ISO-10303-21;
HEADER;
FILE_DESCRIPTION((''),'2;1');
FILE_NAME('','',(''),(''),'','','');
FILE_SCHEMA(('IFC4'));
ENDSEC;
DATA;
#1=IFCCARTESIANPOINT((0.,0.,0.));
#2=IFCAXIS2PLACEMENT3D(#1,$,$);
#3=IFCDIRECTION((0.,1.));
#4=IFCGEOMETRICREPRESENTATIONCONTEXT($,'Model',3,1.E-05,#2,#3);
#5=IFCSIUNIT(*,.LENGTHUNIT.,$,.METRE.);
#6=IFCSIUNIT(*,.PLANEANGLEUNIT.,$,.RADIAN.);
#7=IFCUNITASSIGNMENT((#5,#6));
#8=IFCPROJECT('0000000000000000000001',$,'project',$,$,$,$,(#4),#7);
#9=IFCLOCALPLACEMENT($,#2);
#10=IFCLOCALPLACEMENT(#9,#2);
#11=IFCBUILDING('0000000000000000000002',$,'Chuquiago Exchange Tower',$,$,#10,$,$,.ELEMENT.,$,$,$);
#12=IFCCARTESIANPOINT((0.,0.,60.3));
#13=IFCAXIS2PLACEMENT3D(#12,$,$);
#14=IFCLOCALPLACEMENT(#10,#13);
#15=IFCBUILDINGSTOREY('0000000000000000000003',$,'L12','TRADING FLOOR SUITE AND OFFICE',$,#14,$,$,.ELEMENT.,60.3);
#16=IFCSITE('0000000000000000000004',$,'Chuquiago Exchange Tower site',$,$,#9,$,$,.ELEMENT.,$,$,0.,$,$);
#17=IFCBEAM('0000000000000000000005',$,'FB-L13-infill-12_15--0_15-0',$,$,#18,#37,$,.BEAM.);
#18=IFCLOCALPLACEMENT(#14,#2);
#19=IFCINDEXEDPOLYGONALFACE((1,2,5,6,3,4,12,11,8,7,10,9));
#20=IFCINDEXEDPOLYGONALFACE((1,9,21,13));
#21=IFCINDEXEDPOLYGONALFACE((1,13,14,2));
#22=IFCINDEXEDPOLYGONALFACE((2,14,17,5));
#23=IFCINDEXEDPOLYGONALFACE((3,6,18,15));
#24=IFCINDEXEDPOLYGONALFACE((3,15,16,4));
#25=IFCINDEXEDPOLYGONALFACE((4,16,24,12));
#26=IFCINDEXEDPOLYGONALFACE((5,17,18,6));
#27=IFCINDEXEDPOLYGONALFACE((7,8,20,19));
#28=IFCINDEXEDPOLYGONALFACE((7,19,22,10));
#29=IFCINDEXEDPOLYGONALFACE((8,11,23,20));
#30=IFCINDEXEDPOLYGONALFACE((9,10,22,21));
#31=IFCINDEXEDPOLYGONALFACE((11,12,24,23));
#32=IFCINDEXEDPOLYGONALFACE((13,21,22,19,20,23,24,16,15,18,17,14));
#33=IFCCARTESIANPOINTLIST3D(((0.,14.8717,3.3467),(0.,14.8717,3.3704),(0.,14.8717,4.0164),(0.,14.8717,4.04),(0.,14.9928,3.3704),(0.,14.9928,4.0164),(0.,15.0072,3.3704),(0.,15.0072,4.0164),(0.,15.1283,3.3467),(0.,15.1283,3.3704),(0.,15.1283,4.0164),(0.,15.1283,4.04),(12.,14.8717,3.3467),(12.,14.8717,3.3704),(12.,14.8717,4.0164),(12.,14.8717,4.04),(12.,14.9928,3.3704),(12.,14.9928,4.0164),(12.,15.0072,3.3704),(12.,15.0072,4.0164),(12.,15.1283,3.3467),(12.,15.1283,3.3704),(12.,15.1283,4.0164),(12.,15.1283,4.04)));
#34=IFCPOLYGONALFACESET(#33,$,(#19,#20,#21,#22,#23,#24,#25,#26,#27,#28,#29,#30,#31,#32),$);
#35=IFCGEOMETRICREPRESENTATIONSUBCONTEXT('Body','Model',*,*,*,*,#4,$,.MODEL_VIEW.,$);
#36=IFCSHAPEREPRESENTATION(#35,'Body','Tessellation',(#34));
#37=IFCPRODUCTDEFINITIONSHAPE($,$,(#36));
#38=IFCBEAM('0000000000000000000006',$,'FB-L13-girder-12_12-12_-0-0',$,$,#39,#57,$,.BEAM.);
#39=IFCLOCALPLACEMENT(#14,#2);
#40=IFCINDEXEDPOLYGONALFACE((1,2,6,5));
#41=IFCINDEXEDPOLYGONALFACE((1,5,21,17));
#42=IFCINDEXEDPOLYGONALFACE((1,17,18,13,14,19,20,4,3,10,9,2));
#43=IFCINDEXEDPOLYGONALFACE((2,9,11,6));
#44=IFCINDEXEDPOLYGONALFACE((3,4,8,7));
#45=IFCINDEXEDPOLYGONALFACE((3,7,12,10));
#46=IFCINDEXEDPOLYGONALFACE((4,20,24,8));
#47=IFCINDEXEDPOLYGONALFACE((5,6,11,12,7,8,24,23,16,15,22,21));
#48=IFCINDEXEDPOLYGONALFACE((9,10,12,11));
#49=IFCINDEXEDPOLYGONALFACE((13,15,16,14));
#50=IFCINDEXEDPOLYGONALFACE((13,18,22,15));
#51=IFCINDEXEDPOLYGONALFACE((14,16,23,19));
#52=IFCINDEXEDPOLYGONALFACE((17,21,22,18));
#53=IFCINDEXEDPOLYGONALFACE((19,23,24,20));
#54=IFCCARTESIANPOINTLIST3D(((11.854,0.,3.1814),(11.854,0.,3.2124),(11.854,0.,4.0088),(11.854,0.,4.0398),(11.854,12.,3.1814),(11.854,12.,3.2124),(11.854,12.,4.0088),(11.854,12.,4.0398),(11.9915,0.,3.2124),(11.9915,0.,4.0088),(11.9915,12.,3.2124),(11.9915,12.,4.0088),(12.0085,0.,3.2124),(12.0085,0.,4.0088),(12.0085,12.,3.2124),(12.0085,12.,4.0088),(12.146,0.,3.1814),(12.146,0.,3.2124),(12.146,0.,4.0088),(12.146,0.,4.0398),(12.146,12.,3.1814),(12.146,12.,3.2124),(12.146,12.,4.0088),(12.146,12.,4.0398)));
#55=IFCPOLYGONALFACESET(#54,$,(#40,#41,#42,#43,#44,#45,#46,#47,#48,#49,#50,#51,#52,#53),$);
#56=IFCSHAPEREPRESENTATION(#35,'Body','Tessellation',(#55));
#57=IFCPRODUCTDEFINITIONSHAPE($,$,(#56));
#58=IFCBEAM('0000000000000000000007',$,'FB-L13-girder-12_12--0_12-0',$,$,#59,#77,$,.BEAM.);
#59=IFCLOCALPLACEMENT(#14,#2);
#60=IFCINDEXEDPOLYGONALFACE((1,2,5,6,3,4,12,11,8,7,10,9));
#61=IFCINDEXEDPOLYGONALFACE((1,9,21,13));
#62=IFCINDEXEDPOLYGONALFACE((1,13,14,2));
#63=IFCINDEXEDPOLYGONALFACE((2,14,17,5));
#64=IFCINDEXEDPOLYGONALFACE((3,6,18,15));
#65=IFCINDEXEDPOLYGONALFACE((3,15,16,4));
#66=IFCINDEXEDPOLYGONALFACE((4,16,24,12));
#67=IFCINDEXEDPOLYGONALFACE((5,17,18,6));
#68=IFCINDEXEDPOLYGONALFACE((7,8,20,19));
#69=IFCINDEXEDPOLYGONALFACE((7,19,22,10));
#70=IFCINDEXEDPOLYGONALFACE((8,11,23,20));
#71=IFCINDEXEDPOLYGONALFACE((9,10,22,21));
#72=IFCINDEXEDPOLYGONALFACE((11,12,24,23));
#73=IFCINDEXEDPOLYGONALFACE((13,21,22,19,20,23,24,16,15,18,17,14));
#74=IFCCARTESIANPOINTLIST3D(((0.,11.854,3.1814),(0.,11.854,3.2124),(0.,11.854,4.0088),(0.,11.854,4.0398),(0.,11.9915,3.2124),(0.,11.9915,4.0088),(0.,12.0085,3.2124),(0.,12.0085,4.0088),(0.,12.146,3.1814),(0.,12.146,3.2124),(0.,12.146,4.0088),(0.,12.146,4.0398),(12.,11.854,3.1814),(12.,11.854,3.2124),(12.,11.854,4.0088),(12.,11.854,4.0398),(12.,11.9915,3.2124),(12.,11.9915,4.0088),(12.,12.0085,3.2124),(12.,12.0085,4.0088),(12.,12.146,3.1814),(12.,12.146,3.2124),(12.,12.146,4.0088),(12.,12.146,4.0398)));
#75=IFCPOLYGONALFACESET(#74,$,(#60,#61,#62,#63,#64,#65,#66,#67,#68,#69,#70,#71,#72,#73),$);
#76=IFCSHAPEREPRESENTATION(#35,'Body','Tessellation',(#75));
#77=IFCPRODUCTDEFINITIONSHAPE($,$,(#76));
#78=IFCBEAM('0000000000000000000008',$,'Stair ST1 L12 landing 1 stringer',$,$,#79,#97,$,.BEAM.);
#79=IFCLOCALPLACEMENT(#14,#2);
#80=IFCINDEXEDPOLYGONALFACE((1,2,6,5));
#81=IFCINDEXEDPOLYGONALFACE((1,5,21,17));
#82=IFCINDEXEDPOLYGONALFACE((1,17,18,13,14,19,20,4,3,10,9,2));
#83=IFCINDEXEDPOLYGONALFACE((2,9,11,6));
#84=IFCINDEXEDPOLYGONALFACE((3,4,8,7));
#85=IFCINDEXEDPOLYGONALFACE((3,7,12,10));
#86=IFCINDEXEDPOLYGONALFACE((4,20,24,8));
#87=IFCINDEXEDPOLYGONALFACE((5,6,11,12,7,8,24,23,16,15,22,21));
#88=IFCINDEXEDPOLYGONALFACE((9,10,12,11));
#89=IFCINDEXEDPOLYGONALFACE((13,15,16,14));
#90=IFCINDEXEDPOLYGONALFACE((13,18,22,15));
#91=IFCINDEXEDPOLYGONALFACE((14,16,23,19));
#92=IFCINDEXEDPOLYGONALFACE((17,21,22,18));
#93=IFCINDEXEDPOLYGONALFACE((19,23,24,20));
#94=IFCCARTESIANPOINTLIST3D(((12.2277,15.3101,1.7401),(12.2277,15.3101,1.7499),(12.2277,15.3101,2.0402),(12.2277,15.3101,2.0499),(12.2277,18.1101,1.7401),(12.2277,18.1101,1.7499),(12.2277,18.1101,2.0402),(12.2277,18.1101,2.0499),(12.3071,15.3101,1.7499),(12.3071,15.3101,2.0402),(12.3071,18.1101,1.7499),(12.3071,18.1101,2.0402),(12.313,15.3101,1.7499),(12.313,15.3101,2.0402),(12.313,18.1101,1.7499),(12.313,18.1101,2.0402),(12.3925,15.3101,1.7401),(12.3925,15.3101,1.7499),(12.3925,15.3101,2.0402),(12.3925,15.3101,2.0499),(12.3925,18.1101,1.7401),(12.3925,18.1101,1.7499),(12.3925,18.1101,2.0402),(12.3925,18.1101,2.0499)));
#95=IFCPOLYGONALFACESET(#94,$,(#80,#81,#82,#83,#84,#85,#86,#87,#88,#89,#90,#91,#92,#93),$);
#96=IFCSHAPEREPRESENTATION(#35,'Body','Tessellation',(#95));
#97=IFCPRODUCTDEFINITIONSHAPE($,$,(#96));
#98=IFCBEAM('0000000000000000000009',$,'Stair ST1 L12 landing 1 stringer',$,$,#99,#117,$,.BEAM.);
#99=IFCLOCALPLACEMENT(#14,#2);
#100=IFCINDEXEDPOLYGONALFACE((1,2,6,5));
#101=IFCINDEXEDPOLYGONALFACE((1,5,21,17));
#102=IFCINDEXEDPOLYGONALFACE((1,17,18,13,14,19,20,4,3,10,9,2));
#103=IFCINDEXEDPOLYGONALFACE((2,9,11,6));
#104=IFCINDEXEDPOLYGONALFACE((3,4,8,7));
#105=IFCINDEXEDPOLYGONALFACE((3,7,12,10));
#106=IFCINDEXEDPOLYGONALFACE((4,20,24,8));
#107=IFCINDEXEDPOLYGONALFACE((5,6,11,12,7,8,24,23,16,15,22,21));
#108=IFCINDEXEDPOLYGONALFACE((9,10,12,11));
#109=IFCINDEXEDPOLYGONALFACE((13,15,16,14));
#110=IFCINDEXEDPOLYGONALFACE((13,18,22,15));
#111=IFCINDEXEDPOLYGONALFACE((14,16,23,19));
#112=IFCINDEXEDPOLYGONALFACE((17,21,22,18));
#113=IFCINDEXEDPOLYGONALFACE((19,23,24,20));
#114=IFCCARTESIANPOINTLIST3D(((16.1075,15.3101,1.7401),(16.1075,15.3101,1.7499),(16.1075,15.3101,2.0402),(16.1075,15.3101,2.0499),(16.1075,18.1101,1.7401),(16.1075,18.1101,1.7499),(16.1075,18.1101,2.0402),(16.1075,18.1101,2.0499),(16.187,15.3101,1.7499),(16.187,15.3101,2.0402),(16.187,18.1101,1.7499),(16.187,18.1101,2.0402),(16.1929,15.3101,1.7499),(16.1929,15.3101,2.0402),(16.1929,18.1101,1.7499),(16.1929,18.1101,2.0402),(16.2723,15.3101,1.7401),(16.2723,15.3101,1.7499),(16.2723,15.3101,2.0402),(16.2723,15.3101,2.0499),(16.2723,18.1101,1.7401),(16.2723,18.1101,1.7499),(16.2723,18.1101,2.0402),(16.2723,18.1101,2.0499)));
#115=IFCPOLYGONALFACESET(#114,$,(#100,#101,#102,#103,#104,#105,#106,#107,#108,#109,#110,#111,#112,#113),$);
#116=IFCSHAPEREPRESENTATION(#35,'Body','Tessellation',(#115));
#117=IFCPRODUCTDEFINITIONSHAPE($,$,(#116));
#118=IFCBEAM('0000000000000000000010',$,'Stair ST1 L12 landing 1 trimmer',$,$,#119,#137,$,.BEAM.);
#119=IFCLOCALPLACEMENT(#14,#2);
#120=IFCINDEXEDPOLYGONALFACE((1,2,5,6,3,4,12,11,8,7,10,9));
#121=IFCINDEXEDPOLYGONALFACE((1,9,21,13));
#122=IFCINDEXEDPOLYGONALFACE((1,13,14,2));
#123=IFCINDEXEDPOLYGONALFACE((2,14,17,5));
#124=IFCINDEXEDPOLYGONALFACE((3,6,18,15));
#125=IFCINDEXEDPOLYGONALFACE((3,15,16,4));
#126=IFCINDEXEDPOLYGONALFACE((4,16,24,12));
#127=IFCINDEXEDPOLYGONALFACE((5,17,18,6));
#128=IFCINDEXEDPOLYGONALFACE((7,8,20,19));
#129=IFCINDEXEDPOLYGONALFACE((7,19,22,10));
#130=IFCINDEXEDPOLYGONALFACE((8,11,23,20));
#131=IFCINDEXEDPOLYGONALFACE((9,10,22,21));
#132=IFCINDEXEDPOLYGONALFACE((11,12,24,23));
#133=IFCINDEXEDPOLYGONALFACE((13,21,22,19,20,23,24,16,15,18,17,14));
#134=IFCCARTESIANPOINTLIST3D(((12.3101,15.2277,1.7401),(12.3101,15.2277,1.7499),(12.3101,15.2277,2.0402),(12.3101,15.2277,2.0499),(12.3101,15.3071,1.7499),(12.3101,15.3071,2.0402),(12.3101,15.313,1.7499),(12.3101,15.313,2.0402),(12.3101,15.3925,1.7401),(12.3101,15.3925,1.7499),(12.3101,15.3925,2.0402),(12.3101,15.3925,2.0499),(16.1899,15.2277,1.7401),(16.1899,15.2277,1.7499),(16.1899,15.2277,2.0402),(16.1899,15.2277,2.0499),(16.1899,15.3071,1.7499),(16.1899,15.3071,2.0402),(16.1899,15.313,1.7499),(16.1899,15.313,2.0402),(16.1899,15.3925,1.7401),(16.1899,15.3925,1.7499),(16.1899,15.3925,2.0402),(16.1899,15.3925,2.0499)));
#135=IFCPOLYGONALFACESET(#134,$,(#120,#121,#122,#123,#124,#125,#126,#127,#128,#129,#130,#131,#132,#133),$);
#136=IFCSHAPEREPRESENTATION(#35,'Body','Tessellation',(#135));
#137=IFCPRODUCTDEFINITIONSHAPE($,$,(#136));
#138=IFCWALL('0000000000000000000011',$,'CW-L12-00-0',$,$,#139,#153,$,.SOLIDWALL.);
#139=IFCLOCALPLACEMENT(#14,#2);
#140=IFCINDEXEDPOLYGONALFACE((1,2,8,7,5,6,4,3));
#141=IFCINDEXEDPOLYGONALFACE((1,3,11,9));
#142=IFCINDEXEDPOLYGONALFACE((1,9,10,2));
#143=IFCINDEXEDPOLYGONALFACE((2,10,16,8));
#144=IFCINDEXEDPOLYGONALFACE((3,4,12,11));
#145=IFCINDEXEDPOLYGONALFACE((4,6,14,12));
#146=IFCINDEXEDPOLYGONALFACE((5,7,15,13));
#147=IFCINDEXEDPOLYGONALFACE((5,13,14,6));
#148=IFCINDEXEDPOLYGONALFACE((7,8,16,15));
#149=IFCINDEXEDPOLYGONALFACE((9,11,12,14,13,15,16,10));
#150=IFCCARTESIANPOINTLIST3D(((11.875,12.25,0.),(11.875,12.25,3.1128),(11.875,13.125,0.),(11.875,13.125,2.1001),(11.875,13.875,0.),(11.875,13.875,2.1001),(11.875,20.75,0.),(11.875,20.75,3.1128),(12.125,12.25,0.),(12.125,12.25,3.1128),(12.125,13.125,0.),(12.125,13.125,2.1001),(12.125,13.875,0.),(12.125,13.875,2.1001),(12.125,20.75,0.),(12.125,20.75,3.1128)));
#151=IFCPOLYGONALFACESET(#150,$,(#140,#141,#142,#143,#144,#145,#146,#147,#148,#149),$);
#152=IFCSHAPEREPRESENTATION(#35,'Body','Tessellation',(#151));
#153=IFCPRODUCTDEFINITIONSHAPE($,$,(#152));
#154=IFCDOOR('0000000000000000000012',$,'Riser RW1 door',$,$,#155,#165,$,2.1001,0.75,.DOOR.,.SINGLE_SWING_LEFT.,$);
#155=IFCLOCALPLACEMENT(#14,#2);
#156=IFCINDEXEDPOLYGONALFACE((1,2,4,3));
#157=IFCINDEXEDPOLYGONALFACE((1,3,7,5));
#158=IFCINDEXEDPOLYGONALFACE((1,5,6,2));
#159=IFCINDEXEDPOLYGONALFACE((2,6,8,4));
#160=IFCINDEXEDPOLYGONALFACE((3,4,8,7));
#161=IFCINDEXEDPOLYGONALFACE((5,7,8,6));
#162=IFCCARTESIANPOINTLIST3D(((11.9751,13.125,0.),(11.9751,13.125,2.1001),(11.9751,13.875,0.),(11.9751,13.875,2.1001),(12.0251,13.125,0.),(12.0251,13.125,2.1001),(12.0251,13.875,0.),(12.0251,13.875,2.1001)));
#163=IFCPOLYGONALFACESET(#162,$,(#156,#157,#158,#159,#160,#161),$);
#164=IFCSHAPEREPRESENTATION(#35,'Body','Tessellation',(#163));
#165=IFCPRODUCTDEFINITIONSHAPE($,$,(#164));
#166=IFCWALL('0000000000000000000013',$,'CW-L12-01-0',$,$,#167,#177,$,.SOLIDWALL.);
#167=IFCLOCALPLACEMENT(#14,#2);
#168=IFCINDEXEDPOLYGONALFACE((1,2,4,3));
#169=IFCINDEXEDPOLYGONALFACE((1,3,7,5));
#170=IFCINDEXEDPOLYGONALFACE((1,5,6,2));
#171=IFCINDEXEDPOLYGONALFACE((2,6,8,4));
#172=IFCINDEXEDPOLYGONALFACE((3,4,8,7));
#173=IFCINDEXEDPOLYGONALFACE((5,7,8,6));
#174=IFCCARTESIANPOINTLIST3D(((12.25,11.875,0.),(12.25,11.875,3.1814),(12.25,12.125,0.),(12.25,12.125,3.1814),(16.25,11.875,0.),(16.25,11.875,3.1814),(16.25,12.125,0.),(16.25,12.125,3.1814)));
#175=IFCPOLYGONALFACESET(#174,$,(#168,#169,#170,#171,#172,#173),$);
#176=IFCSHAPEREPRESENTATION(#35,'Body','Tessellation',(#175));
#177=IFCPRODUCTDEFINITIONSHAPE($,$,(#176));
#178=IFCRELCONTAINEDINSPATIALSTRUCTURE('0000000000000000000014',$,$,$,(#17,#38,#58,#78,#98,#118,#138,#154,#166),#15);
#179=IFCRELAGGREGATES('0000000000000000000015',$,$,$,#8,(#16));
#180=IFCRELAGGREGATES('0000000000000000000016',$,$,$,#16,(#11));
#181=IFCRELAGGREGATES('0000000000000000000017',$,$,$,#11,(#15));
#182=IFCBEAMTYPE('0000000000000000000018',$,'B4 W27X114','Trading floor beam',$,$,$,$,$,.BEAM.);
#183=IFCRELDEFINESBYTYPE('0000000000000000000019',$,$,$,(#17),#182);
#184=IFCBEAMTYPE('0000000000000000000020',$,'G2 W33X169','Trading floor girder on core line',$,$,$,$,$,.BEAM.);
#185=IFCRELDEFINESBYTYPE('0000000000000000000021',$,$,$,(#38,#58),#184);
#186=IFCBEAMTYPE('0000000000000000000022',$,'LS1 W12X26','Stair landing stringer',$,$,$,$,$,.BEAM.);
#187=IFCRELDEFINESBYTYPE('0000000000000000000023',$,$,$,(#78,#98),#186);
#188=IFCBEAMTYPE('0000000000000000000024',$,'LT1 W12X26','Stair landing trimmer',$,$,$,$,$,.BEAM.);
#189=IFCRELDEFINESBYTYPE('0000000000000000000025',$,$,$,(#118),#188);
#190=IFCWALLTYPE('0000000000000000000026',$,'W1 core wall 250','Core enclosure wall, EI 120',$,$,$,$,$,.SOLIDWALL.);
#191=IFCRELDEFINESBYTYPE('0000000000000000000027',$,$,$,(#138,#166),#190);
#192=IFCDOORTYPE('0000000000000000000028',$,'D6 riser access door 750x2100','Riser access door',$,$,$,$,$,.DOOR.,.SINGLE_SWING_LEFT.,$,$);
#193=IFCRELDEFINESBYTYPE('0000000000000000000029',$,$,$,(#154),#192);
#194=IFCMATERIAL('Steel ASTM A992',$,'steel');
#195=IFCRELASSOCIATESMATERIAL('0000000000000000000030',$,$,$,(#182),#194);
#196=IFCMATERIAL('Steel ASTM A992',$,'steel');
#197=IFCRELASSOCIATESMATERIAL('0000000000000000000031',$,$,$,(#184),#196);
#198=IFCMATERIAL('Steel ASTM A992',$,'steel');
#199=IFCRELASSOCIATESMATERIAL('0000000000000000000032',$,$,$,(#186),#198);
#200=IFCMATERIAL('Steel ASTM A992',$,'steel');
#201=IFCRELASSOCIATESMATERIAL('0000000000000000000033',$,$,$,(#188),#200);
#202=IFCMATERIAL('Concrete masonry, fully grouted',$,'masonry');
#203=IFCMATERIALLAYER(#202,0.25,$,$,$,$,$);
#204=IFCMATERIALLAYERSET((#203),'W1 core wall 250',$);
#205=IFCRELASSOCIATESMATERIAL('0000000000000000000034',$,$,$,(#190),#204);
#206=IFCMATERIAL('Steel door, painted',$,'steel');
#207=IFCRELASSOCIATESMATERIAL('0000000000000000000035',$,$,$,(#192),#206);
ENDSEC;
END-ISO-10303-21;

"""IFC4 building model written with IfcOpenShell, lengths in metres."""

from ifc_helpers import new_model, si_unit, direction, frame, frame_2d, origin, origin_2d, place, context, subcontext, project, spatial, rectangle, i_section, extrude, material, layer, layer_set, material_profile, profile_set, type_object, element, fill, save


model = new_model("IFC4")

# Units and contexts
model_context = context("Model", 3, precision=1e-05, world=origin(), true_north=direction((0.0, 1.0)))
body_context = subcontext(model_context, "Body", "Model", "MODEL_VIEW")
ifc_project = project(units=[si_unit("LENGTHUNIT", "METRE"), si_unit("PLANEANGLEUNIT", "RADIAN")], contexts=[model_context])

# Site, building, storey
site_placement = place(None, origin())
site = spatial("IfcSite", under=ifc_project, at=site_placement, Name="Chuquiago Exchange Tower site", CompositionType="ELEMENT", RefElevation=0.0)
building_placement = place(site_placement, origin())
building = spatial("IfcBuilding", under=site, at=building_placement, Name="Chuquiago Exchange Tower", CompositionType="ELEMENT")
storey_placement = place(building_placement, frame((0.0, 0.0, 60.3)))
storey = spatial("IfcBuildingStorey", under=building, at=storey_placement, Name="L12", Description="TRADING FLOOR SUITE AND OFFICE", CompositionType="ELEMENT", Elevation=60.3)

# Beams
ifc_material_1 = material(Name="Steel ASTM A992", Category="steel")
ifc_material_profile_1 = material_profile(ifc_material_1, i_section(OverallWidth=0.2566, OverallDepth=0.6934, WebThickness=0.0144, FlangeThickness=0.0237, at=origin_2d()), Name="W27X114")
ifc_profile_set_1 = profile_set([ifc_material_profile_1], Name="Steel ASTM A992")
beam_type_1 = type_object("IfcBeamType", Name="B4 W27X114", Description="Trading floor beam", PredefinedType="BEAM", material=ifc_profile_set_1)
for number, where, z_axis, x_axis, name in (
    (1, (12.0, 15.0, 3.6934), (-1.0, 0.0, 0.0), (0.0, -1.0, 0.0), "FB-L13-infill-12_15--0_15-0"),
):
    element("IfcBeam", number, at=place(storey_placement, frame(where, z_axis=z_axis, x_axis=x_axis)), inside=storey, type_object=beam_type_1, Name=name, PredefinedType="BEAM", context=body_context, shape_type="SweptSolid", body=[
        extrude(i_section(OverallWidth=0.2566, OverallDepth=0.6934, WebThickness=0.0144, FlangeThickness=0.0237, at=origin_2d()), origin(), (0.0, 0.0, 1.0), 12.0),
    ])
ifc_material_2 = material(Name="Steel ASTM A992", Category="steel")
ifc_material_profile_2 = material_profile(ifc_material_2, i_section(OverallWidth=0.292, OverallDepth=0.8584, WebThickness=0.0171, FlangeThickness=0.031, at=origin_2d()), Name="W33X169")
ifc_profile_set_2 = profile_set([ifc_material_profile_2], Name="Steel ASTM A992")
beam_type_2 = type_object("IfcBeamType", Name="G2 W33X169", Description="Trading floor girder on core line", PredefinedType="BEAM", material=ifc_profile_set_2)
for number, where, z_axis, x_axis, name in (
    (2, (12.0, 12.0, 3.6106), (0.0, -1.0, 0.0), (1.0, 0.0, 0.0), "FB-L13-girder-12_12-12_-0-0"),
    (3, (12.0, 12.0, 3.6106), (-1.0, 0.0, 0.0), (0.0, -1.0, 0.0), "FB-L13-girder-12_12--0_12-0"),
):
    element("IfcBeam", number, at=place(storey_placement, frame(where, z_axis=z_axis, x_axis=x_axis)), inside=storey, type_object=beam_type_2, Name=name, PredefinedType="BEAM", context=body_context, shape_type="SweptSolid", body=[
        extrude(i_section(OverallWidth=0.292, OverallDepth=0.8584, WebThickness=0.0171, FlangeThickness=0.031, at=origin_2d()), origin(), (0.0, 0.0, 1.0), 12.0),
    ])
ifc_material_3 = material(Name="Steel ASTM A992", Category="steel")
ifc_material_profile_3 = material_profile(ifc_material_3, i_section(OverallWidth=0.1648, OverallDepth=0.3098, WebThickness=0.0059, FlangeThickness=0.0098, at=origin_2d()), Name="W12X26")
ifc_profile_set_3 = profile_set([ifc_material_profile_3], Name="Steel ASTM A992")
beam_type_3 = type_object("IfcBeamType", Name="LS1 W12X26", Description="Stair landing stringer", PredefinedType="BEAM", material=ifc_profile_set_3)
for number, where, z_axis, x_axis, name in (
    (4, (12.3101, 15.3101, 1.895), (0.0, 1.0, 0.0), (-1.0, 0.0, 0.0), "Stair ST1 L12 landing 1 stringer"),
    (5, (16.1899, 15.3101, 1.895), (0.0, 1.0, 0.0), (-1.0, 0.0, 0.0), "Stair ST1 L12 landing 1 stringer"),
):
    element("IfcBeam", number, at=place(storey_placement, frame(where, z_axis=z_axis, x_axis=x_axis)), inside=storey, type_object=beam_type_3, Name=name, PredefinedType="BEAM", context=body_context, shape_type="SweptSolid", body=[
        extrude(i_section(OverallWidth=0.1648, OverallDepth=0.3098, WebThickness=0.0059, FlangeThickness=0.0098, at=origin_2d()), origin(), (0.0, 0.0, 1.0), 2.8),
    ])
ifc_material_4 = material(Name="Steel ASTM A992", Category="steel")
ifc_material_profile_4 = material_profile(ifc_material_4, i_section(OverallWidth=0.1648, OverallDepth=0.3098, WebThickness=0.0059, FlangeThickness=0.0098, at=origin_2d()), Name="W12X26")
ifc_profile_set_4 = profile_set([ifc_material_profile_4], Name="Steel ASTM A992")
beam_type_4 = type_object("IfcBeamType", Name="LT1 W12X26", Description="Stair landing trimmer", PredefinedType="BEAM", material=ifc_profile_set_4)
beam_1_placement = place(storey_placement, frame((12.3101, 15.3101, 1.895), z_axis=(1.0, 0.0, 0.0), x_axis=(0.0, 1.0, 0.0)))
element("IfcBeam", 6, at=beam_1_placement, inside=storey, type_object=beam_type_4, Name="Stair ST1 L12 landing 1 trimmer", PredefinedType="BEAM", context=body_context, shape_type="SweptSolid", body=[
    extrude(i_section(OverallWidth=0.1648, OverallDepth=0.3098, WebThickness=0.0059, FlangeThickness=0.0098, at=origin_2d()), origin(), (0.0, 0.0, 1.0), 3.8799),
])

# Wall, opening, door
ifc_material_5 = material(Name="Concrete masonry, fully grouted", Category="masonry")
ifc_layer_1 = layer(ifc_material_5, 0.25)
ifc_layer_set_1 = layer_set([ifc_layer_1], Name="W1 core wall 250")
wall_type_1 = type_object("IfcWallType", Name="W1 core wall 250", Description="Core enclosure wall, EI 120", PredefinedType="SOLIDWALL", material=ifc_layer_set_1)
wall_1_placement = place(storey_placement, frame((12.0, 12.25, 0.0), z_axis=(0.0, 0.0, 1.0), x_axis=(0.0, 1.0, 0.0)))
wall_1 = element("IfcWall", 7, at=wall_1_placement, inside=storey, type_object=wall_type_1, Name="CW-L12-00-0", PredefinedType="SOLIDWALL", context=body_context, shape_type="SweptSolid", body=[
    extrude(rectangle(XDim=8.5, YDim=0.25, at=frame_2d((4.25, 0.0))), origin(), (0.0, 0.0, 1.0), 3.1128),
])
opening_placement = place(wall_1_placement, frame((0.875, 0.0, 0.0)))
opening = element("IfcOpeningElement", 8, at=opening_placement, cuts=wall_1, PredefinedType="OPENING", context=body_context, shape_type="SweptSolid", body=[
    extrude(rectangle(XDim=0.75, YDim=2.1001, at=frame_2d((0.375, 1.05))), frame((0.0, 0.135, 0.0), z_axis=(0.0, -1.0, 0.0), x_axis=(1.0, 0.0, 0.0)), (0.0, 0.0, 1.0), 0.27),
])
ifc_material_6 = material(Name="Steel door, painted", Category="steel")
door_type = type_object("IfcDoorType", Name="D6 riser access door 750x2100", Description="Riser access door", OperationType="SINGLE_SWING_LEFT", PredefinedType="DOOR", material=ifc_material_6)
door_placement = place(opening_placement, origin())
door = element("IfcDoor", 9, at=door_placement, inside=storey, type_object=door_type, Name="Riser RW1 door", OperationType="SINGLE_SWING_LEFT", OverallHeight=2.1001, OverallWidth=0.75, PredefinedType="DOOR", context=body_context, shape_type="SweptSolid", body=[
    extrude(rectangle(XDim=0.75, YDim=2.1001, at=frame_2d((0.375, 1.05))), frame((0.0, 0.0249, 0.0), z_axis=(0.0, -1.0, 0.0), x_axis=(1.0, 0.0, 0.0)), (0.0, 0.0, 1.0), 0.05),
])
fill(opening, door)

# Wall
wall_2_placement = place(storey_placement, frame((12.25, 12.0, 0.0), z_axis=(0.0, 0.0, 1.0), x_axis=(1.0, 0.0, 0.0)))
element("IfcWall", 10, at=wall_2_placement, inside=storey, type_object=wall_type_1, Name="CW-L12-01-0", PredefinedType="SOLIDWALL", context=body_context, shape_type="SweptSolid", body=[
    extrude(rectangle(XDim=4.0, YDim=0.25, at=frame_2d((2.0, 0.0))), origin(), (0.0, 0.0, 1.0), 3.1814),
])

save(model, "model.ifc")
